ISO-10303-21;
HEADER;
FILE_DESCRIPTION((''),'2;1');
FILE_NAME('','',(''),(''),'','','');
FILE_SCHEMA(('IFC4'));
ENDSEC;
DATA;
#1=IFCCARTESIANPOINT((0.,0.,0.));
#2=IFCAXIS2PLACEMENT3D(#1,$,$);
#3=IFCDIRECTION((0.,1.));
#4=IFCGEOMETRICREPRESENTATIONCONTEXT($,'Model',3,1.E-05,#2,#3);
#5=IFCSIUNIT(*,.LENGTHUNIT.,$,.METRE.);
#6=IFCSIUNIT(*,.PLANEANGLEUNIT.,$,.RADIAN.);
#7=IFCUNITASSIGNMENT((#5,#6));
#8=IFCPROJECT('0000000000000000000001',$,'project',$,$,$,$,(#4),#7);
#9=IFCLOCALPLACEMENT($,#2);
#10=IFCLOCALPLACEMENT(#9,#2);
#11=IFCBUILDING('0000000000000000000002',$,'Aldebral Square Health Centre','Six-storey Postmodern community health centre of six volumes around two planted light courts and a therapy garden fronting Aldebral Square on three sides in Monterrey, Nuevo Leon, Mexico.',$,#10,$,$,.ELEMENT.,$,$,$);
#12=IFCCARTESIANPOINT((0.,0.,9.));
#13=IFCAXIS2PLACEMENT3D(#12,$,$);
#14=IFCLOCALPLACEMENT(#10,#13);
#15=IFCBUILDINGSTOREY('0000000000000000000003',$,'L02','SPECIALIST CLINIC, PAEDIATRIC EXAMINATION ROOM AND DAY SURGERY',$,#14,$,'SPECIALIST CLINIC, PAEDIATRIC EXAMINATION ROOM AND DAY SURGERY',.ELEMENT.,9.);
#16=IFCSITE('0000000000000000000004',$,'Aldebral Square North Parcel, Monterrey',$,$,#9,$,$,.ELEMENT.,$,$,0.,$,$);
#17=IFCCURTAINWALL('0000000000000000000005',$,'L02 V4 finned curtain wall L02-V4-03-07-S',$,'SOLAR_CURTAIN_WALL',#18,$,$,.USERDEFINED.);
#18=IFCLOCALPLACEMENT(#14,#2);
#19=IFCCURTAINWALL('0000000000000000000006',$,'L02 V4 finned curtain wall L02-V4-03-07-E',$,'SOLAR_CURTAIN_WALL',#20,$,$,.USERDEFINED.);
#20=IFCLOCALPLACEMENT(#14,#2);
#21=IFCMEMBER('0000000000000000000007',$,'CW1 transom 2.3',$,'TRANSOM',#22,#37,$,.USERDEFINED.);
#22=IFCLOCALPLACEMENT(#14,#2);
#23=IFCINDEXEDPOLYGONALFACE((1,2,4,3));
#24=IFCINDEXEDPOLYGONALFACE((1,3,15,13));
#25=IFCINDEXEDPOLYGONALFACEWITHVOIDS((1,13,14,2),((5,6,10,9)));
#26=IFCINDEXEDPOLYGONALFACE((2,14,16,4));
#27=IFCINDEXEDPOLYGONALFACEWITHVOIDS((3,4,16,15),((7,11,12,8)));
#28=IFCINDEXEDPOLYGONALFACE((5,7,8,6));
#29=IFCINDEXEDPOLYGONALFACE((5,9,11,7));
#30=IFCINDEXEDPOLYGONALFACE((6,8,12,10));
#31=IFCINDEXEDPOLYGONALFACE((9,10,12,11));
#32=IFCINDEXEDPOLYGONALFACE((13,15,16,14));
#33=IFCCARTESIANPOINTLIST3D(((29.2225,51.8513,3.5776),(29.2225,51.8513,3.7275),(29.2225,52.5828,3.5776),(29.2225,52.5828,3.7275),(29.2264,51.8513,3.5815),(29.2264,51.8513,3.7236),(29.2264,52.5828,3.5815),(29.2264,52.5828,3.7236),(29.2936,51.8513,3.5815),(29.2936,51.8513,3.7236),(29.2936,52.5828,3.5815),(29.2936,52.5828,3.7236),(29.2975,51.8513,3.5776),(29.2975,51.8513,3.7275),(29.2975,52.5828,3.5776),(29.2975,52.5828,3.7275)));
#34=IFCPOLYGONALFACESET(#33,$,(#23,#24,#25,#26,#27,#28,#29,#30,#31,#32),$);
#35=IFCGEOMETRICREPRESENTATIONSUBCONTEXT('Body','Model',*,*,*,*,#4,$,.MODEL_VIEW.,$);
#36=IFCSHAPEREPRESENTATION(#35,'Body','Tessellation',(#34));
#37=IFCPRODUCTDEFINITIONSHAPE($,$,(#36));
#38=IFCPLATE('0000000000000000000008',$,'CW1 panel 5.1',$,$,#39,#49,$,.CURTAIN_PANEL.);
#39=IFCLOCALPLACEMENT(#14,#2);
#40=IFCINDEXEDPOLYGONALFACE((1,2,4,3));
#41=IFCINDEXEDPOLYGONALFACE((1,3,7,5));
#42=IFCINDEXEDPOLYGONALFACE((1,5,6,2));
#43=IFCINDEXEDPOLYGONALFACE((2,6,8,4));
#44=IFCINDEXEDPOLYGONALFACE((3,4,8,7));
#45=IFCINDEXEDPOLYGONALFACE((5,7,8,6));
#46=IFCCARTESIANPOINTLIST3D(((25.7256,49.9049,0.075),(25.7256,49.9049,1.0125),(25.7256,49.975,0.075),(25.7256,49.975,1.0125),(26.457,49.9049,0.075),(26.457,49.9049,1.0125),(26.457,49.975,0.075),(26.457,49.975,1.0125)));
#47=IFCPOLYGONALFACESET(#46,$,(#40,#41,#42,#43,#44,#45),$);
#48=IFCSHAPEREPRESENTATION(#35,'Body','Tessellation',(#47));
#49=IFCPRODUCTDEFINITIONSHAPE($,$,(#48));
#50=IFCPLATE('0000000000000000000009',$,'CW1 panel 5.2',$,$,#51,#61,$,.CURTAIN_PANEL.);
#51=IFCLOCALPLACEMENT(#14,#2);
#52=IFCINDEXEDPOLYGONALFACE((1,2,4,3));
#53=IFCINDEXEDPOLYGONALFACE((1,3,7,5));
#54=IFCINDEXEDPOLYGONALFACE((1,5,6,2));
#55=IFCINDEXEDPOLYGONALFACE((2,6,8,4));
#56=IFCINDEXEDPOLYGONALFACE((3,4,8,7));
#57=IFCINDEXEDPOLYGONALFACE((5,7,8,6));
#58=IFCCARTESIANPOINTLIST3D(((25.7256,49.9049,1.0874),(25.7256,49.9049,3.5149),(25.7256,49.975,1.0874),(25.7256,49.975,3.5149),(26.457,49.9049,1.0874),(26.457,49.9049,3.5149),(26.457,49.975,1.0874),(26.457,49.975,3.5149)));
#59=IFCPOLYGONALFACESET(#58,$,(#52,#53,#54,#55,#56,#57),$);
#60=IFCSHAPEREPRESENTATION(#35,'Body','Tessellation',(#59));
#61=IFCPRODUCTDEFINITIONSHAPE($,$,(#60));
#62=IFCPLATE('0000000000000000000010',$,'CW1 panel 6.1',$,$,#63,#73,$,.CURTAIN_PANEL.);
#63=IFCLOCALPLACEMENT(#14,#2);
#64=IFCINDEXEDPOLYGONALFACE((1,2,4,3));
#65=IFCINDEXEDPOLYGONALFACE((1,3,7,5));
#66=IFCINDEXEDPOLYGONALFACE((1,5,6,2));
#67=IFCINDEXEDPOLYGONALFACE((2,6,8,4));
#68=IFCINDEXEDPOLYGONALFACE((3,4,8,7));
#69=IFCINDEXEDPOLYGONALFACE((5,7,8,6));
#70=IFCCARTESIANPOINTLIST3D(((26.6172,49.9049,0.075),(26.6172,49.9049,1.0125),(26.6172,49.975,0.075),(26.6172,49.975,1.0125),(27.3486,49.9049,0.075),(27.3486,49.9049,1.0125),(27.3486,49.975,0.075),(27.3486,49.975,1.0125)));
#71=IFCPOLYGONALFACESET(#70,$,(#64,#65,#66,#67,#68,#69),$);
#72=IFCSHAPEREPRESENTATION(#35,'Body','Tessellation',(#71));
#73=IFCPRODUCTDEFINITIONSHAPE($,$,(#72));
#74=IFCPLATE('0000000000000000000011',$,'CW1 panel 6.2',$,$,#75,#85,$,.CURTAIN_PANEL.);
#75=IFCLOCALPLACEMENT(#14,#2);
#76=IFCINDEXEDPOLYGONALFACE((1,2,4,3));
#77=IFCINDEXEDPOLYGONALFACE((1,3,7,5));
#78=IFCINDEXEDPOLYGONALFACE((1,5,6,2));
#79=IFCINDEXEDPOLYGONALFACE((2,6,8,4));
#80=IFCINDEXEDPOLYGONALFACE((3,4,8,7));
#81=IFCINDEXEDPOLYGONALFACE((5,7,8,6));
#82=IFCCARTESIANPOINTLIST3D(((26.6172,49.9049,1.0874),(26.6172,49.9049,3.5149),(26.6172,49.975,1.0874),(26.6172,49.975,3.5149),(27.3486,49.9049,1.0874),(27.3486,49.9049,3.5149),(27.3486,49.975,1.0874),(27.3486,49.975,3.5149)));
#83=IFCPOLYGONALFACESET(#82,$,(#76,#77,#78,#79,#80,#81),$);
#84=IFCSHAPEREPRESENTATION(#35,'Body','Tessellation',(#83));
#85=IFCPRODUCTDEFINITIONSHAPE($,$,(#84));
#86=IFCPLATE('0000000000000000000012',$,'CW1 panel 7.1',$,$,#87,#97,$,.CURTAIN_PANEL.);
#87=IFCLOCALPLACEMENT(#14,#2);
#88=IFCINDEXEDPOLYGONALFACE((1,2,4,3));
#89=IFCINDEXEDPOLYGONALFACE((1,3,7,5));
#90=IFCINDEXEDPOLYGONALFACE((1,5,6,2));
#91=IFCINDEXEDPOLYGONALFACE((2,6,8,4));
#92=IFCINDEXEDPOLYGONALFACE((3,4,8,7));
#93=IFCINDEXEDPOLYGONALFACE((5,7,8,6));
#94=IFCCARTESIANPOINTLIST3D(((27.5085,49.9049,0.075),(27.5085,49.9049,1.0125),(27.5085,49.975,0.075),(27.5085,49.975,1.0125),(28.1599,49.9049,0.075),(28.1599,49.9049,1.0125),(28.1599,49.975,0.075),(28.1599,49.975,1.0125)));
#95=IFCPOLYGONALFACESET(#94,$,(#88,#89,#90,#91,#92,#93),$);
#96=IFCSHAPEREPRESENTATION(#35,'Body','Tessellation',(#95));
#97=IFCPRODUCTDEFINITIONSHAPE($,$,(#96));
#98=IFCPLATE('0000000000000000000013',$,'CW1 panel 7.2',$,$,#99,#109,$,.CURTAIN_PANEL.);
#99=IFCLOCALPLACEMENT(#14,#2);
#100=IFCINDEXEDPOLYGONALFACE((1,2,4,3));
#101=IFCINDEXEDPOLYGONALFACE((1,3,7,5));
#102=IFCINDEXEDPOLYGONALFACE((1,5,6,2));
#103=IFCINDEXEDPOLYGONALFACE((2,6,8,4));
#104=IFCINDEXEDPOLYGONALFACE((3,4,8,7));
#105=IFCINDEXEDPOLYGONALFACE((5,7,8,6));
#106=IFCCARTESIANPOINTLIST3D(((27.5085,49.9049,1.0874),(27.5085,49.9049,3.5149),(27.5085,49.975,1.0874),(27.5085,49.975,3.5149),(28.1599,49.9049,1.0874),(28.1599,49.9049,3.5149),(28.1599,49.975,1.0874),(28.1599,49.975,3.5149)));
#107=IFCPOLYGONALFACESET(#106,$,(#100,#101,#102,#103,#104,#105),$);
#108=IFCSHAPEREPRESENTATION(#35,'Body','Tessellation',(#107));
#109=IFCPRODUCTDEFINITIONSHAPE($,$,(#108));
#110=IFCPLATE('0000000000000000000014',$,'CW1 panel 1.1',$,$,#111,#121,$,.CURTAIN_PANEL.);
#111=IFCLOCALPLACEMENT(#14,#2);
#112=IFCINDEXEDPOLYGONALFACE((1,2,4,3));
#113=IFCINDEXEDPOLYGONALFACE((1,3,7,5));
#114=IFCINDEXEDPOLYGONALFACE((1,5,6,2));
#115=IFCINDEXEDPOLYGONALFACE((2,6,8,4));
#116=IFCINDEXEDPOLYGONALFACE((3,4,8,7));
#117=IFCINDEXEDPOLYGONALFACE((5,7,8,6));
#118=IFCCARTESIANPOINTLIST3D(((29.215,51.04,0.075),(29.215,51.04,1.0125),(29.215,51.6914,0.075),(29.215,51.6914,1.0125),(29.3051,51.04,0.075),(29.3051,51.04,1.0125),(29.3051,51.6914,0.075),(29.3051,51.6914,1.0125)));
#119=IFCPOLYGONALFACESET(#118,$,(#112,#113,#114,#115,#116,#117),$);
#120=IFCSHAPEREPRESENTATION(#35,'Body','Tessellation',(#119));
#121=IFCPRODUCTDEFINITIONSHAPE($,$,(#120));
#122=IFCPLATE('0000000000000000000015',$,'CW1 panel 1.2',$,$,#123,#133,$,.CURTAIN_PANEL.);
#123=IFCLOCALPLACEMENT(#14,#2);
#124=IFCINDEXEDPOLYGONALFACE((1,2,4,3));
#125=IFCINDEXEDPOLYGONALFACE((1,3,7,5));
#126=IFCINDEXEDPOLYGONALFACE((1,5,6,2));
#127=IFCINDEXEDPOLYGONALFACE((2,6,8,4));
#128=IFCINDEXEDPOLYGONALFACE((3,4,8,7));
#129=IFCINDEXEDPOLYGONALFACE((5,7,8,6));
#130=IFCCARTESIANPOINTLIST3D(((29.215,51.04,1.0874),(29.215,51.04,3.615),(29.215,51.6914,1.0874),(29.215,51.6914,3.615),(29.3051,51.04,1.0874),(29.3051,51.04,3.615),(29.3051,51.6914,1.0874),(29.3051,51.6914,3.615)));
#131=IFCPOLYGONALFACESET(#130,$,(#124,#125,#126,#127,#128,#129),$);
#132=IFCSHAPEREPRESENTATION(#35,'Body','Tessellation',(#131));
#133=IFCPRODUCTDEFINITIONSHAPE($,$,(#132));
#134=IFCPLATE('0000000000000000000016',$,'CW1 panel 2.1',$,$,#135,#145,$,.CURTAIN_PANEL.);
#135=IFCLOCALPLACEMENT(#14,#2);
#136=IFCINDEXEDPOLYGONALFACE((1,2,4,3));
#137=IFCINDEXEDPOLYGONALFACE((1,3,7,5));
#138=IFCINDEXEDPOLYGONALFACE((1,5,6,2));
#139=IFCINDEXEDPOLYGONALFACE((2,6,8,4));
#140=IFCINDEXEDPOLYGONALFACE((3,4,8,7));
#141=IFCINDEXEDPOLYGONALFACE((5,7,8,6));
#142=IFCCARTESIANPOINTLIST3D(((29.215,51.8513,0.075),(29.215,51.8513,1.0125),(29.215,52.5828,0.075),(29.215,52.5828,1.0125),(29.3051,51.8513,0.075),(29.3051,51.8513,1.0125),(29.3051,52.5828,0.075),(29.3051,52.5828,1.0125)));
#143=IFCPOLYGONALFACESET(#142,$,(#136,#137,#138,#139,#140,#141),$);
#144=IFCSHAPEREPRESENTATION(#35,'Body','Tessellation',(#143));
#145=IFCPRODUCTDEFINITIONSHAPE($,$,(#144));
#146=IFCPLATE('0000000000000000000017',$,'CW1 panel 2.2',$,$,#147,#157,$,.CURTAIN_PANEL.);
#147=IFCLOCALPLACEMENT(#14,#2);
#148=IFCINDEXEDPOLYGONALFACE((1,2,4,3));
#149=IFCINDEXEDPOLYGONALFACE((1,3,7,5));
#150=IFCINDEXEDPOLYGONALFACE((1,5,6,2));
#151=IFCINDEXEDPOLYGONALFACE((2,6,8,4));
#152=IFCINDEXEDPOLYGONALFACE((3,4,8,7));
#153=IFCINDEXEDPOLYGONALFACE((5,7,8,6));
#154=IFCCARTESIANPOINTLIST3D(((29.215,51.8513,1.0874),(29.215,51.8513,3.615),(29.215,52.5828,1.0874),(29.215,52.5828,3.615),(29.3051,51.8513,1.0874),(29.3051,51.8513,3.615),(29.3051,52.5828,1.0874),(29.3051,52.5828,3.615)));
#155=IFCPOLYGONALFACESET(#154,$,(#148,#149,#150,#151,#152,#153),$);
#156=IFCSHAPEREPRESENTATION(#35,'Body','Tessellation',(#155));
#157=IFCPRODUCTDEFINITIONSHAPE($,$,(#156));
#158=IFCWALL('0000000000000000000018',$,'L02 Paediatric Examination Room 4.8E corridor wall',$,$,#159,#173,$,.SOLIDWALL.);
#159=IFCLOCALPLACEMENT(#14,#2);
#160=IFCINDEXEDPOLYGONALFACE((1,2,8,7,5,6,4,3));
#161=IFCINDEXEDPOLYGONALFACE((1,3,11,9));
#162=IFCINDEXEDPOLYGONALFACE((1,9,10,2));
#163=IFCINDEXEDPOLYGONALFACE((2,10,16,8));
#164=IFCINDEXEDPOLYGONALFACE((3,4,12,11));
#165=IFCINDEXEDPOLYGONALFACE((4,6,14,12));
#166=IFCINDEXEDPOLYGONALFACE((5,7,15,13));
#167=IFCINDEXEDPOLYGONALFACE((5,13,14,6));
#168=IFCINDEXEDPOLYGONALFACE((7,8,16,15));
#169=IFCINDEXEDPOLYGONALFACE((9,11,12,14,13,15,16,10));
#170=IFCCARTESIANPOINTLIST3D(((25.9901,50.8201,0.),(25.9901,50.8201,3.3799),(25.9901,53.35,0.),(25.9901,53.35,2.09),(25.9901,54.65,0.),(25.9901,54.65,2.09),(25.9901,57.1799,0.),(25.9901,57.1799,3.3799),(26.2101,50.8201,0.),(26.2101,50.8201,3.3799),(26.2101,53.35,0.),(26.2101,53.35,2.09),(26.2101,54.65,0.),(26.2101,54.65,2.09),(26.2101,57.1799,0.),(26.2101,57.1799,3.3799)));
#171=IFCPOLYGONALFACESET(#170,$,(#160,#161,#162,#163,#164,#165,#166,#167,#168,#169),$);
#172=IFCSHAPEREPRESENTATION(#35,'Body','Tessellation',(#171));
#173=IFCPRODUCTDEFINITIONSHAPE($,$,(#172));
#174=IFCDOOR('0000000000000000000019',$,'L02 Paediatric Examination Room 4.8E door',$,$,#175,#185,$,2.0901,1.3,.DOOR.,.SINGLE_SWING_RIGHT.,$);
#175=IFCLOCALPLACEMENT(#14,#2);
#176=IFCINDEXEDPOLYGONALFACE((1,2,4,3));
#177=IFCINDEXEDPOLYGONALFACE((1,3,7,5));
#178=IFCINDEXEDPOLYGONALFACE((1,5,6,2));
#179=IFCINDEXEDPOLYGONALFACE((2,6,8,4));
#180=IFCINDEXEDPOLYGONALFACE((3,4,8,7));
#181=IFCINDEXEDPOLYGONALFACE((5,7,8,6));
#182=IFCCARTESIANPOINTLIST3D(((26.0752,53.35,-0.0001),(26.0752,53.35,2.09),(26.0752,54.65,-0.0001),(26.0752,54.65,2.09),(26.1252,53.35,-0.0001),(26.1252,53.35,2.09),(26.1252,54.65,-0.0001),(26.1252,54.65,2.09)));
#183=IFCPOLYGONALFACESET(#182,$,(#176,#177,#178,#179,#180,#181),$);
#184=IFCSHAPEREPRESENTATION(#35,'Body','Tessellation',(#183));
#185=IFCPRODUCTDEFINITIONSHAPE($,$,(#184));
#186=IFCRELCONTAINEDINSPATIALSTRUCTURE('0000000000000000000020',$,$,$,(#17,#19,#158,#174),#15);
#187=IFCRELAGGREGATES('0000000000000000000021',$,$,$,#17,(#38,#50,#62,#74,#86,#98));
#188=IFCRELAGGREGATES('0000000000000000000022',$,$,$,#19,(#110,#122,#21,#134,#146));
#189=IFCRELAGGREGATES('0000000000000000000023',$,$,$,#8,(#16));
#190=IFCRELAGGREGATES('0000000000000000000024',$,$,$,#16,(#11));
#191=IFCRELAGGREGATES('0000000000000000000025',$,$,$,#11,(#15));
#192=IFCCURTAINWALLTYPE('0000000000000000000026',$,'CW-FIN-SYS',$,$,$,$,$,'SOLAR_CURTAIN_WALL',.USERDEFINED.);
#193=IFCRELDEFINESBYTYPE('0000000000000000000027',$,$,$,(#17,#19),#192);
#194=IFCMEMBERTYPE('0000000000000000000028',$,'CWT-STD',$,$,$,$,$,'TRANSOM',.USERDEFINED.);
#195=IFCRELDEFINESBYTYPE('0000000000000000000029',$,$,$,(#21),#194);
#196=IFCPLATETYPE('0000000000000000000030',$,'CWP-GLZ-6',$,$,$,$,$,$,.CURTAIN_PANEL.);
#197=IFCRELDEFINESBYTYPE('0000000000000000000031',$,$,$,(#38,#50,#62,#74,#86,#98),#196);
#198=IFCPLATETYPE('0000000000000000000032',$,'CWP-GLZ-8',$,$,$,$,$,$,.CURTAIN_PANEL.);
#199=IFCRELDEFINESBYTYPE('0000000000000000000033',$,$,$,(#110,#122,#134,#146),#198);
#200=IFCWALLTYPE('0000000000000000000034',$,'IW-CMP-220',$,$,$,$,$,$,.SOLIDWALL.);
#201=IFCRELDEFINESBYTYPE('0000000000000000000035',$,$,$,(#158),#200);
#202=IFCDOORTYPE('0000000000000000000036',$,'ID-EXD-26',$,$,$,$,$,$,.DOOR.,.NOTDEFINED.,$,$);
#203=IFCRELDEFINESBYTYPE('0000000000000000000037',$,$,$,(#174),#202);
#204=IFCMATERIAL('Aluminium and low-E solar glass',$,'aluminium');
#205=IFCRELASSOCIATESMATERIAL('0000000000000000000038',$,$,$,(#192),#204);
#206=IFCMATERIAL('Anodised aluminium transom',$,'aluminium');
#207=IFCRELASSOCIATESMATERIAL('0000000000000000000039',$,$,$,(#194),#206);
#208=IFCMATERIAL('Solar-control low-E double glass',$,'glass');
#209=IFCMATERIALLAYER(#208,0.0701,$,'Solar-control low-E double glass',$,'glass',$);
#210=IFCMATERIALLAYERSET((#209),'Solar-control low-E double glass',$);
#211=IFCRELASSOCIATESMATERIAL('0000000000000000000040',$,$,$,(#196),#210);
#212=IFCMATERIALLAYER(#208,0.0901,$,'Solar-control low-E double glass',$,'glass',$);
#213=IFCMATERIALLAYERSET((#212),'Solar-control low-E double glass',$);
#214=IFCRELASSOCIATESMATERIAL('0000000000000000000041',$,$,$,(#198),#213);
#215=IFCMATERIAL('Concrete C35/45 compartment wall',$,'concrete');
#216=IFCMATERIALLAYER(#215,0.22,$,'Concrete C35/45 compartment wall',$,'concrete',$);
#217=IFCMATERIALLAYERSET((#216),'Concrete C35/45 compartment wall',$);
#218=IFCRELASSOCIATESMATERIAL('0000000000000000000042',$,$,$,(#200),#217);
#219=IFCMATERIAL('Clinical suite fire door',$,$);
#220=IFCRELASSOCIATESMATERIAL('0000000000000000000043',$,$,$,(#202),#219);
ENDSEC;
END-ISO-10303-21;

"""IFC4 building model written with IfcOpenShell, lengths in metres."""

from ifc_helpers import new_model, si_unit, direction, frame, frame_2d, origin, origin_2d, place, context, subcontext, project, spatial, rectangle, hollow_rectangle, extrude, material, layer, layer_set, material_profile, profile_set, type_object, element, fill, aggregate, save


model = new_model("IFC4")

# Units and contexts
model_context = context("Model", 3, precision=1e-05, world=origin(), true_north=direction((0.0, 1.0)))
body_context = subcontext(model_context, "Body", "Model", "MODEL_VIEW")
ifc_project = project(units=[si_unit("LENGTHUNIT", "METRE"), si_unit("PLANEANGLEUNIT", "RADIAN")], contexts=[model_context])

# Site, building, storey
site_placement = place(None, origin())
site = spatial("IfcSite", under=ifc_project, at=site_placement, Name="Aldebral Square North Parcel, Monterrey", CompositionType="ELEMENT", RefElevation=0.0)
building_placement = place(site_placement, origin())
building = spatial("IfcBuilding", under=site, at=building_placement, Name="Aldebral Square Health Centre", Description="Six-storey Postmodern community health centre of six volumes around two planted light courts and a therapy garden fronting Aldebral Square on three sides in Monterrey, Nuevo Leon, Mexico.", CompositionType="ELEMENT")
storey_placement = place(building_placement, frame((0.0, 0.0, 9.0)))
storey = spatial("IfcBuildingStorey", under=building, at=storey_placement, Name="L02", Description="SPECIALIST CLINIC, PAEDIATRIC EXAMINATION ROOM AND DAY SURGERY", LongName="SPECIALIST CLINIC, PAEDIATRIC EXAMINATION ROOM AND DAY SURGERY", CompositionType="ELEMENT", Elevation=9.0)

# Curtain walls
ifc_material_1 = material(Name="Aluminium and low-E solar glass", Category="aluminium")
curtain_wall_type = type_object("IfcCurtainWallType", Name="CW-FIN-SYS", ElementType="SOLAR_CURTAIN_WALL", PredefinedType="USERDEFINED", material=ifc_material_1)
curtain_wall_1_placement = place(storey_placement, origin())
curtain_wall_1 = element("IfcCurtainWall", 1, at=curtain_wall_1_placement, inside=storey, type_object=curtain_wall_type, Name="L02 V4 finned curtain wall L02-V4-03-07-S", ObjectType="SOLAR_CURTAIN_WALL", PredefinedType="USERDEFINED")
curtain_wall_2_placement = place(storey_placement, origin())
curtain_wall_2 = element("IfcCurtainWall", 2, at=curtain_wall_2_placement, inside=storey, type_object=curtain_wall_type, Name="L02 V4 finned curtain wall L02-V4-03-07-E", ObjectType="SOLAR_CURTAIN_WALL", PredefinedType="USERDEFINED")

# Member
ifc_material_2 = material(Name="Anodised aluminium transom", Category="aluminium")
ifc_material_profile_1 = material_profile(ifc_material_2, hollow_rectangle(XDim=0.075, YDim=0.1499, WallThickness=0.0039, at=origin_2d()), Name="CWT 75x150x4")
ifc_profile_set_1 = profile_set([ifc_material_profile_1], Name="Anodised aluminium transom")
member_type_1 = type_object("IfcMemberType", Name="CWT-STD", ElementType="TRANSOM", PredefinedType="USERDEFINED", material=ifc_profile_set_1)
member_1_placement = place(storey_placement, frame((29.26, 51.8513, 3.6526), z_axis=(0.0, 1.0, 0.0), x_axis=(-1.0, 0.0, 0.0)))
member_1 = element("IfcMember", 3, at=member_1_placement, type_object=member_type_1, Name="CW1 transom 2.3", ObjectType="TRANSOM", PredefinedType="USERDEFINED", context=body_context, shape_type="SweptSolid", body=[
    extrude(hollow_rectangle(XDim=0.075, YDim=0.1499, WallThickness=0.0039, at=origin_2d()), origin(), (0.0, 0.0, 1.0), 0.7314),
])

# Plates
ifc_material_3 = material(Name="Solar-control low-E double glass", Category="glass")
ifc_layer_1 = layer(ifc_material_3, 0.0701, Name="Solar-control low-E double glass", Category="glass")
ifc_layer_set_1 = layer_set([ifc_layer_1], Name="Solar-control low-E double glass")
plate_type_1 = type_object("IfcPlateType", Name="CWP-GLZ-6", PredefinedType="CURTAIN_PANEL", material=ifc_layer_set_1)
plate_1_placement = place(storey_placement, frame((26.0913, 49.9399, 0.075), z_axis=(0.0, 0.0, 1.0), x_axis=(1.0, 0.0, 0.0)))
plate_1 = element("IfcPlate", 4, at=plate_1_placement, type_object=plate_type_1, Name="CW1 panel 5.1", PredefinedType="CURTAIN_PANEL", context=body_context, shape_type="SweptSolid", body=[
    extrude(rectangle(XDim=0.7314, YDim=0.0701, at=origin_2d()), origin(), (0.0, 0.0, 1.0), 0.9375),
])
plate_2_placement = place(storey_placement, frame((26.0913, 49.9399, 1.0874), z_axis=(0.0, 0.0, 1.0), x_axis=(1.0, 0.0, 0.0)))
plate_2 = element("IfcPlate", 5, at=plate_2_placement, type_object=plate_type_1, Name="CW1 panel 5.2", PredefinedType="CURTAIN_PANEL", context=body_context, shape_type="SweptSolid", body=[
    extrude(rectangle(XDim=0.7314, YDim=0.0701, at=origin_2d()), origin(), (0.0, 0.0, 1.0), 2.4275),
])
plate_3_placement = place(storey_placement, frame((26.9829, 49.9399, 0.075), z_axis=(0.0, 0.0, 1.0), x_axis=(1.0, 0.0, 0.0)))
plate_3 = element("IfcPlate", 6, at=plate_3_placement, type_object=plate_type_1, Name="CW1 panel 6.1", PredefinedType="CURTAIN_PANEL", context=body_context, shape_type="SweptSolid", body=[
    extrude(rectangle(XDim=0.7314, YDim=0.0701, at=origin_2d()), origin(), (0.0, 0.0, 1.0), 0.9375),
])
plate_4_placement = place(storey_placement, frame((26.9829, 49.9399, 1.0874), z_axis=(0.0, 0.0, 1.0), x_axis=(1.0, 0.0, 0.0)))
plate_4 = element("IfcPlate", 7, at=plate_4_placement, type_object=plate_type_1, Name="CW1 panel 6.2", PredefinedType="CURTAIN_PANEL", context=body_context, shape_type="SweptSolid", body=[
    extrude(rectangle(XDim=0.7314, YDim=0.0701, at=origin_2d()), origin(), (0.0, 0.0, 1.0), 2.4275),
])
plate_5_placement = place(storey_placement, frame((27.8342, 49.9399, 0.075), z_axis=(0.0, 0.0, 1.0), x_axis=(1.0, 0.0, 0.0)))
plate_5 = element("IfcPlate", 8, at=plate_5_placement, type_object=plate_type_1, Name="CW1 panel 7.1", PredefinedType="CURTAIN_PANEL", context=body_context, shape_type="SweptSolid", body=[
    extrude(rectangle(XDim=0.6514, YDim=0.0701, at=origin_2d()), origin(), (0.0, 0.0, 1.0), 0.9375),
])
plate_6_placement = place(storey_placement, frame((27.8342, 49.9399, 1.0874), z_axis=(0.0, 0.0, 1.0), x_axis=(1.0, 0.0, 0.0)))
plate_6 = element("IfcPlate", 9, at=plate_6_placement, type_object=plate_type_1, Name="CW1 panel 7.2", PredefinedType="CURTAIN_PANEL", context=body_context, shape_type="SweptSolid", body=[
    extrude(rectangle(XDim=0.6514, YDim=0.0701, at=origin_2d()), origin(), (0.0, 0.0, 1.0), 2.4275),
])
aggregate(curtain_wall_1, [plate_1, plate_2, plate_3, plate_4, plate_5, plate_6])
ifc_layer_2 = layer(ifc_material_3, 0.0901, Name="Solar-control low-E double glass", Category="glass")
ifc_layer_set_2 = layer_set([ifc_layer_2], Name="Solar-control low-E double glass")
plate_type_2 = type_object("IfcPlateType", Name="CWP-GLZ-8", PredefinedType="CURTAIN_PANEL", material=ifc_layer_set_2)
plate_7_placement = place(storey_placement, frame((29.26, 51.3657, 0.075), z_axis=(0.0, 0.0, 1.0), x_axis=(0.0, 1.0, 0.0)))
plate_7 = element("IfcPlate", 10, at=plate_7_placement, type_object=plate_type_2, Name="CW1 panel 1.1", PredefinedType="CURTAIN_PANEL", context=body_context, shape_type="SweptSolid", body=[
    extrude(rectangle(XDim=0.6514, YDim=0.0901, at=origin_2d()), origin(), (0.0, 0.0, 1.0), 0.9375),
])
plate_8_placement = place(storey_placement, frame((29.26, 51.3657, 1.0874), z_axis=(0.0, 0.0, 1.0), x_axis=(0.0, 1.0, 0.0)))
plate_8 = element("IfcPlate", 11, at=plate_8_placement, type_object=plate_type_2, Name="CW1 panel 1.2", PredefinedType="CURTAIN_PANEL", context=body_context, shape_type="SweptSolid", body=[
    extrude(rectangle(XDim=0.6514, YDim=0.0901, at=origin_2d()), origin(), (0.0, 0.0, 1.0), 2.5276),
])
plate_9_placement = place(storey_placement, frame((29.26, 52.217, 0.075), z_axis=(0.0, 0.0, 1.0), x_axis=(0.0, 1.0, 0.0)))
plate_9 = element("IfcPlate", 12, at=plate_9_placement, type_object=plate_type_2, Name="CW1 panel 2.1", PredefinedType="CURTAIN_PANEL", context=body_context, shape_type="SweptSolid", body=[
    extrude(rectangle(XDim=0.7314, YDim=0.0901, at=origin_2d()), origin(), (0.0, 0.0, 1.0), 0.9375),
])
plate_10_placement = place(storey_placement, frame((29.26, 52.217, 1.0874), z_axis=(0.0, 0.0, 1.0), x_axis=(0.0, 1.0, 0.0)))
plate_10 = element("IfcPlate", 13, at=plate_10_placement, type_object=plate_type_2, Name="CW1 panel 2.2", PredefinedType="CURTAIN_PANEL", context=body_context, shape_type="SweptSolid", body=[
    extrude(rectangle(XDim=0.7314, YDim=0.0901, at=origin_2d()), origin(), (0.0, 0.0, 1.0), 2.5276),
])
aggregate(curtain_wall_2, [plate_7, plate_8, member_1, plate_9, plate_10])

# Wall, opening, door
ifc_material_4 = material(Name="Concrete C35/45 compartment wall", Category="concrete")
ifc_layer_3 = layer(ifc_material_4, 0.22, Name="Concrete C35/45 compartment wall", Category="concrete")
ifc_layer_set_3 = layer_set([ifc_layer_3], Name="Concrete C35/45 compartment wall")
wall_type = type_object("IfcWallType", Name="IW-CMP-220", PredefinedType="SOLIDWALL", material=ifc_layer_set_3)
wall_placement = place(storey_placement, frame((26.1001, 50.8201, 0.0), z_axis=(0.0, 0.0, 1.0), x_axis=(0.0, 1.0, 0.0)))
wall = element("IfcWall", 14, at=wall_placement, inside=storey, type_object=wall_type, Name="L02 Paediatric Examination Room 4.8E corridor wall", PredefinedType="SOLIDWALL", context=body_context, shape_type="SweptSolid", body=[
    extrude(rectangle(XDim=6.3599, YDim=0.22, at=frame_2d((3.1799, 0.0))), origin(), (0.0, 0.0, 1.0), 3.3799),
])
opening_placement = place(wall_placement, frame((2.53, 0.0, 0.0)))
opening = element("IfcOpeningElement", 15, at=opening_placement, cuts=wall, PredefinedType="OPENING", context=body_context, shape_type="SweptSolid", body=[
    extrude(rectangle(XDim=1.3, YDim=2.0901, at=frame_2d((0.6499, 1.0449))), frame((0.0, 0.1201, 0.0), z_axis=(0.0, -1.0, 0.0), x_axis=(1.0, 0.0, 0.0)), (0.0, 0.0, 1.0), 0.24),
])
ifc_material_5 = material(Name="Clinical suite fire door")
door_type = type_object("IfcDoorType", Name="ID-EXD-26", OperationType="NOTDEFINED", PredefinedType="DOOR", material=ifc_material_5)
door_placement = place(opening_placement, origin())
door = element("IfcDoor", 16, at=door_placement, inside=storey, type_object=door_type, Name="L02 Paediatric Examination Room 4.8E door", OperationType="SINGLE_SWING_RIGHT", OverallHeight=2.0901, OverallWidth=1.3, PredefinedType="DOOR", context=body_context, shape_type="SweptSolid", body=[
    extrude(rectangle(XDim=1.3, YDim=2.0901, at=frame_2d((0.6499, 1.0449))), frame((0.0, 0.0249, 0.0), z_axis=(0.0, -1.0, 0.0), x_axis=(1.0, 0.0, 0.0)), (0.0, 0.0, 1.0), 0.05),
])
fill(opening, door)

save(model, "model.ifc")
